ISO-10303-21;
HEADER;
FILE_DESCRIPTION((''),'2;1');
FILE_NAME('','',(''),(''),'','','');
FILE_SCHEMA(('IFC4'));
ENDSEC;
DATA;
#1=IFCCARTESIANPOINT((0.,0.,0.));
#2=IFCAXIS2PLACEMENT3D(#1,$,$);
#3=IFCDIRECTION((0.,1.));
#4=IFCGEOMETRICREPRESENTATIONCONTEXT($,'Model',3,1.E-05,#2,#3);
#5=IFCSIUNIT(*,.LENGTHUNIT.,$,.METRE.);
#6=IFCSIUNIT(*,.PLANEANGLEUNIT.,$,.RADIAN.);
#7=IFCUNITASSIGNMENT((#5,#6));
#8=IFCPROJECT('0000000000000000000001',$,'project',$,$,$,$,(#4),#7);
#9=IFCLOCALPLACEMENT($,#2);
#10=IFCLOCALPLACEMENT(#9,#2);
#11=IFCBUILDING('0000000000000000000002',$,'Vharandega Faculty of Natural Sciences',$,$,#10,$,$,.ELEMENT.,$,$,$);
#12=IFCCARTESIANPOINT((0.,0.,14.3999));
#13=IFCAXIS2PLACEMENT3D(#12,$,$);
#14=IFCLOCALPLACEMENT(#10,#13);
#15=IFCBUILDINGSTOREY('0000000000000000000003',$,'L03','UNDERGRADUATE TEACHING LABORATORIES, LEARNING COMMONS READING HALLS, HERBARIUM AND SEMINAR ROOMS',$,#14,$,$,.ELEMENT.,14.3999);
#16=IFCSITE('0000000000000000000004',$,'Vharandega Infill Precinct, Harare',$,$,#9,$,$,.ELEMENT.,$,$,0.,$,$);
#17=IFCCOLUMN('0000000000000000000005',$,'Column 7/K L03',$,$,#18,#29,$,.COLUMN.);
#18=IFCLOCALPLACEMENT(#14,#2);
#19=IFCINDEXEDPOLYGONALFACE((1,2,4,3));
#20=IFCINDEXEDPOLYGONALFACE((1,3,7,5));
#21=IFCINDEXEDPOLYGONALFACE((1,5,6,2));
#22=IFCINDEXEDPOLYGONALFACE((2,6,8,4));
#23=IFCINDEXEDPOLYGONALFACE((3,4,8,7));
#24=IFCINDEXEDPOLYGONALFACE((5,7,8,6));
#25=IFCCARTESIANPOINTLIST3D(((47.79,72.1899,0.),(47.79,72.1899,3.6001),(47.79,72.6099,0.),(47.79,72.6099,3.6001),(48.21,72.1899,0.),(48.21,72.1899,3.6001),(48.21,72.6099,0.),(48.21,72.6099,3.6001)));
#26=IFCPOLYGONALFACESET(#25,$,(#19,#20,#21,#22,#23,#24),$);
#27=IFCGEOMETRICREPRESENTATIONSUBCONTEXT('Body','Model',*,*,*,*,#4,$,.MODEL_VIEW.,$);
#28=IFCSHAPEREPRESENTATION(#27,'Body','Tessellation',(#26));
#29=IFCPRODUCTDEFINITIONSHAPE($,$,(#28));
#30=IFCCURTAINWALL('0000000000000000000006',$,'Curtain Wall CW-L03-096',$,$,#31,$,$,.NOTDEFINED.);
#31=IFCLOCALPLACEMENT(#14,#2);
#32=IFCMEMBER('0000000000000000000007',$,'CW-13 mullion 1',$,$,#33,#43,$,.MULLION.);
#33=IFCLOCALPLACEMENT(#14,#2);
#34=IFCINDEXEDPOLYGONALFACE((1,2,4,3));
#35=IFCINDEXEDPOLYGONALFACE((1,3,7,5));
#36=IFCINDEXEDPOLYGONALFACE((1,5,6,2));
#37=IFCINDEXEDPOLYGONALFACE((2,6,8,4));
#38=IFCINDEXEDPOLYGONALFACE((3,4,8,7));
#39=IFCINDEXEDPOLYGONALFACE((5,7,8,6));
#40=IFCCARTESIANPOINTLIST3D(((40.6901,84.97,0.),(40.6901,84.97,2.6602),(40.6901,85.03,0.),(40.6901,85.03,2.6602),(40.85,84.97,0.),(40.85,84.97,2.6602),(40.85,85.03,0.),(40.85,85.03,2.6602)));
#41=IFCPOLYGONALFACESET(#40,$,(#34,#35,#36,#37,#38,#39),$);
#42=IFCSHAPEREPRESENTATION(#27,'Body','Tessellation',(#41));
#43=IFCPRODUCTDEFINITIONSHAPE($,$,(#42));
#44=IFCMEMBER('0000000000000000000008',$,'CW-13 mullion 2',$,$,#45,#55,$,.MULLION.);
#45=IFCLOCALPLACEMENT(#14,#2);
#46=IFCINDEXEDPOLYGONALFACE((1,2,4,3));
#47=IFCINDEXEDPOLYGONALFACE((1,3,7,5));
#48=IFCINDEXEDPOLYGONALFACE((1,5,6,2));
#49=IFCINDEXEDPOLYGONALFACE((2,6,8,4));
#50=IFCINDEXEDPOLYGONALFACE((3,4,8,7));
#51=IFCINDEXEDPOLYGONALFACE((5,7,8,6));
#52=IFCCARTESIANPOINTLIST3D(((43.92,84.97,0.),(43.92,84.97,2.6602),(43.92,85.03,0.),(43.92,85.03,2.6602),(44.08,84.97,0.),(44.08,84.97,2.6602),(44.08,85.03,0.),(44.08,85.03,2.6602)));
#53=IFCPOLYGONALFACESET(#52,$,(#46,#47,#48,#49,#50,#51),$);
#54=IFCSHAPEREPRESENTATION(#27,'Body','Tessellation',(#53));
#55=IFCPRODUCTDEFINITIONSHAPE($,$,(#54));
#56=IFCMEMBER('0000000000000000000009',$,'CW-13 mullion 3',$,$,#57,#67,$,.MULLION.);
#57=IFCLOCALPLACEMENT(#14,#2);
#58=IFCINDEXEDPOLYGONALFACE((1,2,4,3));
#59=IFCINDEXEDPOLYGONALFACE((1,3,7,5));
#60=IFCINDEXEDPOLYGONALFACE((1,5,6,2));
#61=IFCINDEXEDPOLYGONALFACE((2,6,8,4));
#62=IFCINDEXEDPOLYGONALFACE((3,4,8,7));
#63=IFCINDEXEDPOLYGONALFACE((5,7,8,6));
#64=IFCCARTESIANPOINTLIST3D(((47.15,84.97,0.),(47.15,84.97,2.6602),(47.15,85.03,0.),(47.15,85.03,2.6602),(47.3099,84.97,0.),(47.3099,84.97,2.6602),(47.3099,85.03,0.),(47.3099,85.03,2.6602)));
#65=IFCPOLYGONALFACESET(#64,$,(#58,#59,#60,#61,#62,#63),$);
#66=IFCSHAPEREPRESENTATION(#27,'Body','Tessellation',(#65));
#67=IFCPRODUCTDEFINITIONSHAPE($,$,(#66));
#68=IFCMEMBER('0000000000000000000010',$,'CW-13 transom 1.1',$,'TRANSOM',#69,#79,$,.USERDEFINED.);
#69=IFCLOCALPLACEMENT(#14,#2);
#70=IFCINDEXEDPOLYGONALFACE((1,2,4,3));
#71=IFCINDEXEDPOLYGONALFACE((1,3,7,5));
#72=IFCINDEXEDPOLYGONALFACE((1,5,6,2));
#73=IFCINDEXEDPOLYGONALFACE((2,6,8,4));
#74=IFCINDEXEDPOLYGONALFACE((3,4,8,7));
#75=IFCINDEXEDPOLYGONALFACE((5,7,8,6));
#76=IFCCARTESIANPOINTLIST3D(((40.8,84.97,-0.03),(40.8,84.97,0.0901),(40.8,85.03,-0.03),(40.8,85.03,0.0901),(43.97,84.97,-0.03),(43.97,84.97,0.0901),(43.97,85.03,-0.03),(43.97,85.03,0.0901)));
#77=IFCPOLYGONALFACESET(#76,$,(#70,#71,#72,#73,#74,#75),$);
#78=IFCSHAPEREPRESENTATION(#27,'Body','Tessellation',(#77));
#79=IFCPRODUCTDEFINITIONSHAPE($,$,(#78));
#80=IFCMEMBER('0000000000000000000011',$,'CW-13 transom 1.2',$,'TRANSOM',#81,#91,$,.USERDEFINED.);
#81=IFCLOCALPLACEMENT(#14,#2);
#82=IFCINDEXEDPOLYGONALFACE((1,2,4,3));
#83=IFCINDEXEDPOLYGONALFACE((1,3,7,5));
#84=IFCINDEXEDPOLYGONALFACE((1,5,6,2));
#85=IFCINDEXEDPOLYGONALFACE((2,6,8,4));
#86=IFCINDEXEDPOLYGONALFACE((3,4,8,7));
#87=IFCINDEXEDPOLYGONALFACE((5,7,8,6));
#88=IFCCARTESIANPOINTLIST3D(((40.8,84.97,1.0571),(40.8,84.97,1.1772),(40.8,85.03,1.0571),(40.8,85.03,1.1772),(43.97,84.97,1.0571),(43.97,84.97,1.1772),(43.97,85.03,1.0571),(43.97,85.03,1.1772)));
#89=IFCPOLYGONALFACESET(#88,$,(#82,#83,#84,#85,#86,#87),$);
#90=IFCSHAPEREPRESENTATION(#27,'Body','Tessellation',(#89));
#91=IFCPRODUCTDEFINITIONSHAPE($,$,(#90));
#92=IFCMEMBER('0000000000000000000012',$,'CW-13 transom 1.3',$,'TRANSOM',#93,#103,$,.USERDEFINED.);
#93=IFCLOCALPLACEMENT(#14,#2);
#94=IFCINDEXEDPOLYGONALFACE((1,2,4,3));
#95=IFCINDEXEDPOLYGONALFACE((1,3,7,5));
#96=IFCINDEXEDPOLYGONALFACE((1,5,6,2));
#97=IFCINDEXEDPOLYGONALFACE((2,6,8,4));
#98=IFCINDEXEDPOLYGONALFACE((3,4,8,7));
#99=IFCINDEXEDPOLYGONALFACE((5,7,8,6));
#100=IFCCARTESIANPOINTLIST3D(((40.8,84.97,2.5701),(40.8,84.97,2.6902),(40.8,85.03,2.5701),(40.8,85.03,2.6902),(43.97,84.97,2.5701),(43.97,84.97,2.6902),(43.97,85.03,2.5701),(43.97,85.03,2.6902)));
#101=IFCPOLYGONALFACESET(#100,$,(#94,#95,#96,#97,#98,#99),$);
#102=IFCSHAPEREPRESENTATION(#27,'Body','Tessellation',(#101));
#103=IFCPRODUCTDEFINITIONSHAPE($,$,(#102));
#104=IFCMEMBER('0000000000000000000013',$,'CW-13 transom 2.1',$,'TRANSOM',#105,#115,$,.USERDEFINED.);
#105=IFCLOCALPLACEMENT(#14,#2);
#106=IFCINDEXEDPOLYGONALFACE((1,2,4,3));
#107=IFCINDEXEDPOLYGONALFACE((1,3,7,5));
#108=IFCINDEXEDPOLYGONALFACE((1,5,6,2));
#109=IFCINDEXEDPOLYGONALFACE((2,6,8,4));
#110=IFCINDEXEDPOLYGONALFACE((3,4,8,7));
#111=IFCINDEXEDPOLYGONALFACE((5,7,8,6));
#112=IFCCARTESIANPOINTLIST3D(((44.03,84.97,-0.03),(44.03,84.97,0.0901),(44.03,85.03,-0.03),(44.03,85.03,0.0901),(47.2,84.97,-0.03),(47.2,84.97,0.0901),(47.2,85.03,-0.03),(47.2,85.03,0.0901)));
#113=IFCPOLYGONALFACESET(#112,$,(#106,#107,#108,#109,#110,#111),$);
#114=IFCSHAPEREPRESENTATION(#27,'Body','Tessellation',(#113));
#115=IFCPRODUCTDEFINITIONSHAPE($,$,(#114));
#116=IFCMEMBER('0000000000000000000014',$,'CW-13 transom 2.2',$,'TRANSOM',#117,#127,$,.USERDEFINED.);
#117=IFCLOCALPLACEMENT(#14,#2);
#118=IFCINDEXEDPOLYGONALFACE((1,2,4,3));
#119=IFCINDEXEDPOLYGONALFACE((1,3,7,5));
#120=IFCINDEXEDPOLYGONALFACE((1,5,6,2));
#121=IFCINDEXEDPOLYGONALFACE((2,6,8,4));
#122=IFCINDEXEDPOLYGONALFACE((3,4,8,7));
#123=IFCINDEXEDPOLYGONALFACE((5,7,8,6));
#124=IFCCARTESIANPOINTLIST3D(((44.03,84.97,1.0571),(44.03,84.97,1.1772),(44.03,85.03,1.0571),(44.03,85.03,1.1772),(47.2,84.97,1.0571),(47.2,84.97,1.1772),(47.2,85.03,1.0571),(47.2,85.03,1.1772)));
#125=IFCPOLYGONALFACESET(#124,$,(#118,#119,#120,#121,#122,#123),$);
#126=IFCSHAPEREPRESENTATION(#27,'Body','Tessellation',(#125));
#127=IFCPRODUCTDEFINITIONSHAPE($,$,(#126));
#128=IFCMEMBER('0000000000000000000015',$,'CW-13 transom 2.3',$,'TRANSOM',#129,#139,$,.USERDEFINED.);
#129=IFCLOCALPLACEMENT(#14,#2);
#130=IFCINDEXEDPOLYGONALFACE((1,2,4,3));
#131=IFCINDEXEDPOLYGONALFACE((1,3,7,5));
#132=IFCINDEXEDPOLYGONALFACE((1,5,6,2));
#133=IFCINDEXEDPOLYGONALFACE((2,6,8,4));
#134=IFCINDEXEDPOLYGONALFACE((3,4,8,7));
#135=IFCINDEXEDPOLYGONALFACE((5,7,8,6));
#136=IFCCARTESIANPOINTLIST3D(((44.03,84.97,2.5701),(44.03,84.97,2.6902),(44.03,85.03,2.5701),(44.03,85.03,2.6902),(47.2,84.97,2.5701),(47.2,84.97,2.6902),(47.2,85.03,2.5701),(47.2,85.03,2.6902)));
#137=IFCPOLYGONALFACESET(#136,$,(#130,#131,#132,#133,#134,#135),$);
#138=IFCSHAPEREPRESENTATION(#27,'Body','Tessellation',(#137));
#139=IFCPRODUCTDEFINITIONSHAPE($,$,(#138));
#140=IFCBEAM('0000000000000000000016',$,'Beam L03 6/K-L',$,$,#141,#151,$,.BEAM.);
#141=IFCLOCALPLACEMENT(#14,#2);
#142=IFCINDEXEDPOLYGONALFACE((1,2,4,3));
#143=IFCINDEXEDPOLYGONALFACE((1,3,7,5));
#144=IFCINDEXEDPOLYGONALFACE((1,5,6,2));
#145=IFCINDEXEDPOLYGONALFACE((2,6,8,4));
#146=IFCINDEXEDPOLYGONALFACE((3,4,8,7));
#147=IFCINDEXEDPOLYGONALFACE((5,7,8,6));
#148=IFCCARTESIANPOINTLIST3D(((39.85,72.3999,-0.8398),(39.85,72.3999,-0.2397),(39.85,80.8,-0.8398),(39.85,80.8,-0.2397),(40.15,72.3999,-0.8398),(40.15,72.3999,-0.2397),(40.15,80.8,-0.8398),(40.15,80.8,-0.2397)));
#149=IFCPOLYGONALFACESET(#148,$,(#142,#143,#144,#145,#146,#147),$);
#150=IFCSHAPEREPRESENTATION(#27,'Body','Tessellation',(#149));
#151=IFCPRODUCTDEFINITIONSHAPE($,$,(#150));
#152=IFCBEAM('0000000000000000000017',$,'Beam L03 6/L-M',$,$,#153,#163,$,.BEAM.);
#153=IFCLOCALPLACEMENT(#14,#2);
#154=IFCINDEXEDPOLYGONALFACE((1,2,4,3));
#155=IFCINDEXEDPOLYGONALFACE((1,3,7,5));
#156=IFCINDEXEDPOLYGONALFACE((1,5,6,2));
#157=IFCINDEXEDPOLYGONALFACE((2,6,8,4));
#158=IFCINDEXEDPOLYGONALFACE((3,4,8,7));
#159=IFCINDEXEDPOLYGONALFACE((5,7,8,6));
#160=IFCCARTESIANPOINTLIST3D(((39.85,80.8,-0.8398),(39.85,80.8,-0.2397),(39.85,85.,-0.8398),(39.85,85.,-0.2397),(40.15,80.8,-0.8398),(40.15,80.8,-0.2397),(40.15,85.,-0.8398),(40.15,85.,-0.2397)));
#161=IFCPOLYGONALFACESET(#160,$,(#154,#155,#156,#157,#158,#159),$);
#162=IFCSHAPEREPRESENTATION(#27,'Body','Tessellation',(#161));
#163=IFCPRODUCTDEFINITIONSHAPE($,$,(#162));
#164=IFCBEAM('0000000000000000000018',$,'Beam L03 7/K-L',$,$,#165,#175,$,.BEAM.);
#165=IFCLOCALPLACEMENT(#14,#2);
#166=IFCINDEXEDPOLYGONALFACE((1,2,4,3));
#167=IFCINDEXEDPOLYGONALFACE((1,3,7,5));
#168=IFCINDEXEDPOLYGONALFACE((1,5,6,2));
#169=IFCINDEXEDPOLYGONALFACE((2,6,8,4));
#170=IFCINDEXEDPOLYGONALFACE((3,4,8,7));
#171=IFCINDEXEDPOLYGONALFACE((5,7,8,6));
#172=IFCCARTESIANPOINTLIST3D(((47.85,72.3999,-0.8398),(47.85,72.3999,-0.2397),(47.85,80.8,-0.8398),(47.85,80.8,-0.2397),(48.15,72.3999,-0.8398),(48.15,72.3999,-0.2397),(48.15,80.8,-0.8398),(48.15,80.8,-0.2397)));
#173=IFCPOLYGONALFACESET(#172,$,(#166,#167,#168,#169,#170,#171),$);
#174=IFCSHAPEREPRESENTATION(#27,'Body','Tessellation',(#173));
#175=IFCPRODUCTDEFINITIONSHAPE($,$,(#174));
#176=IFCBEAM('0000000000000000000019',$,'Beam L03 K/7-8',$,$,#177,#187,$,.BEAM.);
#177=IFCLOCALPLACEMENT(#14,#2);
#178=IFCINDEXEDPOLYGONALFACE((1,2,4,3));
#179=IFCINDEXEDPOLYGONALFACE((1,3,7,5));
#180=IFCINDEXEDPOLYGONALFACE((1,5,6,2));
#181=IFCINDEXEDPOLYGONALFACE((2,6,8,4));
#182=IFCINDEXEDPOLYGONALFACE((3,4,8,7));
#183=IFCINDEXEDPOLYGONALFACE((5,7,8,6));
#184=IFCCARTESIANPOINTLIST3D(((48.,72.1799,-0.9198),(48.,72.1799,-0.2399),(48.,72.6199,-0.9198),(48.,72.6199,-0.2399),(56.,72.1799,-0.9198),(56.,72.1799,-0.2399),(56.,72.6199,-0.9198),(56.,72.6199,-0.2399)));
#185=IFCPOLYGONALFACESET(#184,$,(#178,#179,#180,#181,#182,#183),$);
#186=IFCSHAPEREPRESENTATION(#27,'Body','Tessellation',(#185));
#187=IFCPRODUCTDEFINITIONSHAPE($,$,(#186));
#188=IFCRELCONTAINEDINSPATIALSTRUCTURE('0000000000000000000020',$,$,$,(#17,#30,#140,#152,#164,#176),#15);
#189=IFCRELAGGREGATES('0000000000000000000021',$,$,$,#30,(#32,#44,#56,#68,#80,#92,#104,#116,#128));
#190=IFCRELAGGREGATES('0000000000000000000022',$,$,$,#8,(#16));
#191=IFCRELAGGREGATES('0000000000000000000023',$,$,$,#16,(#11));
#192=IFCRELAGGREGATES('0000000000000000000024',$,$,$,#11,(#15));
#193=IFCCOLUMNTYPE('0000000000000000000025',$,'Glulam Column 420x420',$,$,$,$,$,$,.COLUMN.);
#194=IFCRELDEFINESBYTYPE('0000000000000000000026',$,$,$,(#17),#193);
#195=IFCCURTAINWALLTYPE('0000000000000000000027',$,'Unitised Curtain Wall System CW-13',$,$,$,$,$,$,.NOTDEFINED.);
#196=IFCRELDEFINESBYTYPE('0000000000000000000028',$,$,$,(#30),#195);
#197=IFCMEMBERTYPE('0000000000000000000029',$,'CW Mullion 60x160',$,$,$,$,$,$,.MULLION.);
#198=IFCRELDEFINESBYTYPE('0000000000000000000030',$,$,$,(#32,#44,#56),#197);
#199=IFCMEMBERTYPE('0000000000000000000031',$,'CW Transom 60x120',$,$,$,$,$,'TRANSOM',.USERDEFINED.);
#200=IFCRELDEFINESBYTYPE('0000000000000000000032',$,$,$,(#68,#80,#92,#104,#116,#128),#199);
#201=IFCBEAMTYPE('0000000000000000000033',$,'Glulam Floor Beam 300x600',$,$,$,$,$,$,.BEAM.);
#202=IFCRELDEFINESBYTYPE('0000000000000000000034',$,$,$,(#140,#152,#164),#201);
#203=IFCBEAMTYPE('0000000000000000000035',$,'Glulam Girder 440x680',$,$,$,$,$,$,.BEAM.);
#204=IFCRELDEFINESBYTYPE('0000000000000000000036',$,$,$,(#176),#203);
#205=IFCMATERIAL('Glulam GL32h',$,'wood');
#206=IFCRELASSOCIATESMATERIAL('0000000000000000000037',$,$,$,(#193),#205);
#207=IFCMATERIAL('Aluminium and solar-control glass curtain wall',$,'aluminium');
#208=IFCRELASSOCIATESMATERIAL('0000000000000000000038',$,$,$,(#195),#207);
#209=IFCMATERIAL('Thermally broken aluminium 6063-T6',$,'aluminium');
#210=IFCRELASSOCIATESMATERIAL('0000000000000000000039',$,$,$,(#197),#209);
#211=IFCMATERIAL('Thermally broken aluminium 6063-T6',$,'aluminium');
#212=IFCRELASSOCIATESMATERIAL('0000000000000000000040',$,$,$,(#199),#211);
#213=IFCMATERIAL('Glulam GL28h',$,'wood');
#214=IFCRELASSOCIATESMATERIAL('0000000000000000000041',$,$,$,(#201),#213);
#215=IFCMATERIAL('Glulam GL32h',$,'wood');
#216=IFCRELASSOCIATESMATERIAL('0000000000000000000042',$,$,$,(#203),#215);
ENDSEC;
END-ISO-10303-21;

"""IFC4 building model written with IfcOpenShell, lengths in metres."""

from ifc_helpers import new_model, si_unit, direction, frame, origin, origin_2d, place, context, subcontext, project, spatial, rectangle, extrude, material, material_profile, profile_set, type_object, element, aggregate, save


model = new_model("IFC4")

# Units and contexts
model_context = context("Model", 3, precision=1e-05, world=origin(), true_north=direction((0.0, 1.0)))
body_context = subcontext(model_context, "Body", "Model", "MODEL_VIEW")
ifc_project = project(units=[si_unit("LENGTHUNIT", "METRE"), si_unit("PLANEANGLEUNIT", "RADIAN")], contexts=[model_context])

# Site, building, storey
site_placement = place(None, origin())
site = spatial("IfcSite", under=ifc_project, at=site_placement, Name="Vharandega Infill Precinct, Harare", CompositionType="ELEMENT", RefElevation=0.0)
building_placement = place(site_placement, origin())
building = spatial("IfcBuilding", under=site, at=building_placement, Name="Vharandega Faculty of Natural Sciences", CompositionType="ELEMENT")
storey_placement = place(building_placement, frame((0.0, 0.0, 14.3999)))
storey = spatial("IfcBuildingStorey", under=building, at=storey_placement, Name="L03", Description="UNDERGRADUATE TEACHING LABORATORIES, LEARNING COMMONS READING HALLS, HERBARIUM AND SEMINAR ROOMS", CompositionType="ELEMENT", Elevation=14.3999)

# Column
ifc_material_1 = material(Name="Glulam GL32h", Category="wood")
ifc_material_profile_1 = material_profile(ifc_material_1, rectangle(XDim=0.4199, YDim=0.4199, at=origin_2d()), Name="GL32h 420x420")
ifc_profile_set_1 = profile_set([ifc_material_profile_1], Name="Glulam GL32h")
column_type = type_object("IfcColumnType", Name="Glulam Column 420x420", PredefinedType="COLUMN", material=ifc_profile_set_1)
column_placement = place(storey_placement, frame((48.0, 72.3999, 0.0), z_axis=(0.0, 0.0, 1.0), x_axis=(1.0, 0.0, 0.0)))
element("IfcColumn", 1, at=column_placement, inside=storey, type_object=column_type, Name="Column 7/K L03", PredefinedType="COLUMN", context=body_context, shape_type="SweptSolid", body=[
    extrude(rectangle(XDim=0.4199, YDim=0.4199, at=origin_2d()), origin(), (0.0, 0.0, 1.0), 3.6001),
])

# Curtain wall, members
ifc_material_2 = material(Name="Aluminium and solar-control glass curtain wall", Category="aluminium")
curtain_wall_type = type_object("IfcCurtainWallType", Name="Unitised Curtain Wall System CW-13", PredefinedType="NOTDEFINED", material=ifc_material_2)
curtain_wall_placement = place(storey_placement, origin())
curtain_wall = element("IfcCurtainWall", 2, at=curtain_wall_placement, inside=storey, type_object=curtain_wall_type, Name="Curtain Wall CW-L03-096", PredefinedType="NOTDEFINED")
ifc_material_3 = material(Name="Thermally broken aluminium 6063-T6", Category="aluminium")
ifc_material_profile_2 = material_profile(ifc_material_3, rectangle(XDim=0.0601, YDim=0.1599, at=origin_2d()), Name="ALU 60x160")
ifc_profile_set_2 = profile_set([ifc_material_profile_2], Name="Thermally broken aluminium 6063-T6")
member_type_1 = type_object("IfcMemberType", Name="CW Mullion 60x160", PredefinedType="MULLION", material=ifc_profile_set_2)
member_1_placement = place(storey_placement, frame((40.77, 85.0, 0.0), z_axis=(0.0, 0.0, 1.0), x_axis=(0.0, 1.0, 0.0)))
member_1 = element("IfcMember", 3, at=member_1_placement, type_object=member_type_1, Name="CW-13 mullion 1", PredefinedType="MULLION", context=body_context, shape_type="SweptSolid", body=[
    extrude(rectangle(XDim=0.0601, YDim=0.1599, at=origin_2d()), origin(), (0.0, 0.0, 1.0), 2.6602),
])
member_2_placement = place(storey_placement, frame((44.0, 85.0, 0.0), z_axis=(0.0, 0.0, 1.0), x_axis=(0.0, 1.0, 0.0)))
member_2 = element("IfcMember", 4, at=member_2_placement, type_object=member_type_1, Name="CW-13 mullion 2", PredefinedType="MULLION", context=body_context, shape_type="SweptSolid", body=[
    extrude(rectangle(XDim=0.0601, YDim=0.1599, at=origin_2d()), origin(), (0.0, 0.0, 1.0), 2.6602),
])
member_3_placement = place(storey_placement, frame((47.23, 85.0, 0.0), z_axis=(0.0, 0.0, 1.0), x_axis=(0.0, 1.0, 0.0)))
member_3 = element("IfcMember", 5, at=member_3_placement, type_object=member_type_1, Name="CW-13 mullion 3", PredefinedType="MULLION", context=body_context, shape_type="SweptSolid", body=[
    extrude(rectangle(XDim=0.0601, YDim=0.1599, at=origin_2d()), origin(), (0.0, 0.0, 1.0), 2.6602),
])
ifc_material_4 = material(Name="Thermally broken aluminium 6063-T6", Category="aluminium")
ifc_material_profile_3 = material_profile(ifc_material_4, rectangle(XDim=0.0601, YDim=0.1201, at=origin_2d()), Name="ALU 60x120")
ifc_profile_set_3 = profile_set([ifc_material_profile_3], Name="Thermally broken aluminium 6063-T6")
member_type_2 = type_object("IfcMemberType", Name="CW Transom 60x120", ElementType="TRANSOM", PredefinedType="USERDEFINED", material=ifc_profile_set_3)
member_4_placement = place(storey_placement, frame((40.8, 85.0, 0.03), z_axis=(1.0, 0.0, 0.0), x_axis=(0.0, 1.0, 0.0)))
member_4 = element("IfcMember", 6, at=member_4_placement, type_object=member_type_2, Name="CW-13 transom 1.1", ObjectType="TRANSOM", PredefinedType="USERDEFINED", context=body_context, shape_type="SweptSolid", body=[
    extrude(rectangle(XDim=0.0601, YDim=0.1201, at=origin_2d()), origin(), (0.0, 0.0, 1.0), 3.1699),
])
member_5_placement = place(storey_placement, frame((40.8, 85.0, 1.1172), z_axis=(1.0, 0.0, 0.0), x_axis=(0.0, 1.0, 0.0)))
member_5 = element("IfcMember", 7, at=member_5_placement, type_object=member_type_2, Name="CW-13 transom 1.2", ObjectType="TRANSOM", PredefinedType="USERDEFINED", context=body_context, shape_type="SweptSolid", body=[
    extrude(rectangle(XDim=0.0601, YDim=0.1201, at=origin_2d()), origin(), (0.0, 0.0, 1.0), 3.1699),
])
member_6_placement = place(storey_placement, frame((40.8, 85.0, 2.6301), z_axis=(1.0, 0.0, 0.0), x_axis=(0.0, 1.0, 0.0)))
member_6 = element("IfcMember", 8, at=member_6_placement, type_object=member_type_2, Name="CW-13 transom 1.3", ObjectType="TRANSOM", PredefinedType="USERDEFINED", context=body_context, shape_type="SweptSolid", body=[
    extrude(rectangle(XDim=0.0601, YDim=0.1201, at=origin_2d()), origin(), (0.0, 0.0, 1.0), 3.1699),
])
member_7_placement = place(storey_placement, frame((44.03, 85.0, 0.03), z_axis=(1.0, 0.0, 0.0), x_axis=(0.0, 1.0, 0.0)))
member_7 = element("IfcMember", 9, at=member_7_placement, type_object=member_type_2, Name="CW-13 transom 2.1", ObjectType="TRANSOM", PredefinedType="USERDEFINED", context=body_context, shape_type="SweptSolid", body=[
    extrude(rectangle(XDim=0.0601, YDim=0.1201, at=origin_2d()), origin(), (0.0, 0.0, 1.0), 3.1699),
])
member_8_placement = place(storey_placement, frame((44.03, 85.0, 1.1172), z_axis=(1.0, 0.0, 0.0), x_axis=(0.0, 1.0, 0.0)))
member_8 = element("IfcMember", 10, at=member_8_placement, type_object=member_type_2, Name="CW-13 transom 2.2", ObjectType="TRANSOM", PredefinedType="USERDEFINED", context=body_context, shape_type="SweptSolid", body=[
    extrude(rectangle(XDim=0.0601, YDim=0.1201, at=origin_2d()), origin(), (0.0, 0.0, 1.0), 3.1699),
])
member_9_placement = place(storey_placement, frame((44.03, 85.0, 2.6301), z_axis=(1.0, 0.0, 0.0), x_axis=(0.0, 1.0, 0.0)))
member_9 = element("IfcMember", 11, at=member_9_placement, type_object=member_type_2, Name="CW-13 transom 2.3", ObjectType="TRANSOM", PredefinedType="USERDEFINED", context=body_context, shape_type="SweptSolid", body=[
    extrude(rectangle(XDim=0.0601, YDim=0.1201, at=origin_2d()), origin(), (0.0, 0.0, 1.0), 3.1699),
])

# Beams
ifc_material_5 = material(Name="Glulam GL28h", Category="wood")
ifc_material_profile_4 = material_profile(ifc_material_5, rectangle(XDim=0.3, YDim=0.6001, at=origin_2d()), Name="GL28h 300x600")
ifc_profile_set_4 = profile_set([ifc_material_profile_4], Name="Glulam GL28h")
beam_type_1 = type_object("IfcBeamType", Name="Glulam Floor Beam 300x600", PredefinedType="BEAM", material=ifc_profile_set_4)
beam_1_placement = place(storey_placement, frame((40.0, 72.3999, -0.5398), z_axis=(0.0, 1.0, 0.0), x_axis=(-1.0, 0.0, 0.0)))
element("IfcBeam", 12, at=beam_1_placement, inside=storey, type_object=beam_type_1, Name="Beam L03 6/K-L", PredefinedType="BEAM", context=body_context, shape_type="SweptSolid", body=[
    extrude(rectangle(XDim=0.3, YDim=0.6001, at=origin_2d()), origin(), (0.0, 0.0, 1.0), 8.4001),
])
beam_2_placement = place(storey_placement, frame((40.0, 80.8, -0.5398), z_axis=(0.0, 1.0, 0.0), x_axis=(-1.0, 0.0, 0.0)))
element("IfcBeam", 13, at=beam_2_placement, inside=storey, type_object=beam_type_1, Name="Beam L03 6/L-M", PredefinedType="BEAM", context=body_context, shape_type="SweptSolid", body=[
    extrude(rectangle(XDim=0.3, YDim=0.6001, at=origin_2d()), origin(), (0.0, 0.0, 1.0), 4.2),
])
beam_3_placement = place(storey_placement, frame((48.0, 72.3999, -0.5398), z_axis=(0.0, 1.0, 0.0), x_axis=(-1.0, 0.0, 0.0)))
element("IfcBeam", 14, at=beam_3_placement, inside=storey, type_object=beam_type_1, Name="Beam L03 7/K-L", PredefinedType="BEAM", context=body_context, shape_type="SweptSolid", body=[
    extrude(rectangle(XDim=0.3, YDim=0.6001, at=origin_2d()), origin(), (0.0, 0.0, 1.0), 8.4001),
])
ifc_material_6 = material(Name="Glulam GL32h", Category="wood")
ifc_material_profile_5 = material_profile(ifc_material_6, rectangle(XDim=0.4399, YDim=0.6799, at=origin_2d()), Name="GL32h 440x680")
ifc_profile_set_5 = profile_set([ifc_material_profile_5], Name="Glulam GL32h")
beam_type_2 = type_object("IfcBeamType", Name="Glulam Girder 440x680", PredefinedType="BEAM", material=ifc_profile_set_5)
beam_4_placement = place(storey_placement, frame((48.0, 72.3999, -0.5798), z_axis=(1.0, 0.0, 0.0), x_axis=(0.0, 1.0, 0.0)))
element("IfcBeam", 15, at=beam_4_placement, inside=storey, type_object=beam_type_2, Name="Beam L03 K/7-8", PredefinedType="BEAM", context=body_context, shape_type="SweptSolid", body=[
    extrude(rectangle(XDim=0.4399, YDim=0.6799, at=origin_2d()), origin(), (0.0, 0.0, 1.0), 8.0),
])

aggregate(curtain_wall, [member_1, member_2, member_3, member_4, member_5, member_6, member_7, member_8, member_9])

save(model, "model.ifc")
